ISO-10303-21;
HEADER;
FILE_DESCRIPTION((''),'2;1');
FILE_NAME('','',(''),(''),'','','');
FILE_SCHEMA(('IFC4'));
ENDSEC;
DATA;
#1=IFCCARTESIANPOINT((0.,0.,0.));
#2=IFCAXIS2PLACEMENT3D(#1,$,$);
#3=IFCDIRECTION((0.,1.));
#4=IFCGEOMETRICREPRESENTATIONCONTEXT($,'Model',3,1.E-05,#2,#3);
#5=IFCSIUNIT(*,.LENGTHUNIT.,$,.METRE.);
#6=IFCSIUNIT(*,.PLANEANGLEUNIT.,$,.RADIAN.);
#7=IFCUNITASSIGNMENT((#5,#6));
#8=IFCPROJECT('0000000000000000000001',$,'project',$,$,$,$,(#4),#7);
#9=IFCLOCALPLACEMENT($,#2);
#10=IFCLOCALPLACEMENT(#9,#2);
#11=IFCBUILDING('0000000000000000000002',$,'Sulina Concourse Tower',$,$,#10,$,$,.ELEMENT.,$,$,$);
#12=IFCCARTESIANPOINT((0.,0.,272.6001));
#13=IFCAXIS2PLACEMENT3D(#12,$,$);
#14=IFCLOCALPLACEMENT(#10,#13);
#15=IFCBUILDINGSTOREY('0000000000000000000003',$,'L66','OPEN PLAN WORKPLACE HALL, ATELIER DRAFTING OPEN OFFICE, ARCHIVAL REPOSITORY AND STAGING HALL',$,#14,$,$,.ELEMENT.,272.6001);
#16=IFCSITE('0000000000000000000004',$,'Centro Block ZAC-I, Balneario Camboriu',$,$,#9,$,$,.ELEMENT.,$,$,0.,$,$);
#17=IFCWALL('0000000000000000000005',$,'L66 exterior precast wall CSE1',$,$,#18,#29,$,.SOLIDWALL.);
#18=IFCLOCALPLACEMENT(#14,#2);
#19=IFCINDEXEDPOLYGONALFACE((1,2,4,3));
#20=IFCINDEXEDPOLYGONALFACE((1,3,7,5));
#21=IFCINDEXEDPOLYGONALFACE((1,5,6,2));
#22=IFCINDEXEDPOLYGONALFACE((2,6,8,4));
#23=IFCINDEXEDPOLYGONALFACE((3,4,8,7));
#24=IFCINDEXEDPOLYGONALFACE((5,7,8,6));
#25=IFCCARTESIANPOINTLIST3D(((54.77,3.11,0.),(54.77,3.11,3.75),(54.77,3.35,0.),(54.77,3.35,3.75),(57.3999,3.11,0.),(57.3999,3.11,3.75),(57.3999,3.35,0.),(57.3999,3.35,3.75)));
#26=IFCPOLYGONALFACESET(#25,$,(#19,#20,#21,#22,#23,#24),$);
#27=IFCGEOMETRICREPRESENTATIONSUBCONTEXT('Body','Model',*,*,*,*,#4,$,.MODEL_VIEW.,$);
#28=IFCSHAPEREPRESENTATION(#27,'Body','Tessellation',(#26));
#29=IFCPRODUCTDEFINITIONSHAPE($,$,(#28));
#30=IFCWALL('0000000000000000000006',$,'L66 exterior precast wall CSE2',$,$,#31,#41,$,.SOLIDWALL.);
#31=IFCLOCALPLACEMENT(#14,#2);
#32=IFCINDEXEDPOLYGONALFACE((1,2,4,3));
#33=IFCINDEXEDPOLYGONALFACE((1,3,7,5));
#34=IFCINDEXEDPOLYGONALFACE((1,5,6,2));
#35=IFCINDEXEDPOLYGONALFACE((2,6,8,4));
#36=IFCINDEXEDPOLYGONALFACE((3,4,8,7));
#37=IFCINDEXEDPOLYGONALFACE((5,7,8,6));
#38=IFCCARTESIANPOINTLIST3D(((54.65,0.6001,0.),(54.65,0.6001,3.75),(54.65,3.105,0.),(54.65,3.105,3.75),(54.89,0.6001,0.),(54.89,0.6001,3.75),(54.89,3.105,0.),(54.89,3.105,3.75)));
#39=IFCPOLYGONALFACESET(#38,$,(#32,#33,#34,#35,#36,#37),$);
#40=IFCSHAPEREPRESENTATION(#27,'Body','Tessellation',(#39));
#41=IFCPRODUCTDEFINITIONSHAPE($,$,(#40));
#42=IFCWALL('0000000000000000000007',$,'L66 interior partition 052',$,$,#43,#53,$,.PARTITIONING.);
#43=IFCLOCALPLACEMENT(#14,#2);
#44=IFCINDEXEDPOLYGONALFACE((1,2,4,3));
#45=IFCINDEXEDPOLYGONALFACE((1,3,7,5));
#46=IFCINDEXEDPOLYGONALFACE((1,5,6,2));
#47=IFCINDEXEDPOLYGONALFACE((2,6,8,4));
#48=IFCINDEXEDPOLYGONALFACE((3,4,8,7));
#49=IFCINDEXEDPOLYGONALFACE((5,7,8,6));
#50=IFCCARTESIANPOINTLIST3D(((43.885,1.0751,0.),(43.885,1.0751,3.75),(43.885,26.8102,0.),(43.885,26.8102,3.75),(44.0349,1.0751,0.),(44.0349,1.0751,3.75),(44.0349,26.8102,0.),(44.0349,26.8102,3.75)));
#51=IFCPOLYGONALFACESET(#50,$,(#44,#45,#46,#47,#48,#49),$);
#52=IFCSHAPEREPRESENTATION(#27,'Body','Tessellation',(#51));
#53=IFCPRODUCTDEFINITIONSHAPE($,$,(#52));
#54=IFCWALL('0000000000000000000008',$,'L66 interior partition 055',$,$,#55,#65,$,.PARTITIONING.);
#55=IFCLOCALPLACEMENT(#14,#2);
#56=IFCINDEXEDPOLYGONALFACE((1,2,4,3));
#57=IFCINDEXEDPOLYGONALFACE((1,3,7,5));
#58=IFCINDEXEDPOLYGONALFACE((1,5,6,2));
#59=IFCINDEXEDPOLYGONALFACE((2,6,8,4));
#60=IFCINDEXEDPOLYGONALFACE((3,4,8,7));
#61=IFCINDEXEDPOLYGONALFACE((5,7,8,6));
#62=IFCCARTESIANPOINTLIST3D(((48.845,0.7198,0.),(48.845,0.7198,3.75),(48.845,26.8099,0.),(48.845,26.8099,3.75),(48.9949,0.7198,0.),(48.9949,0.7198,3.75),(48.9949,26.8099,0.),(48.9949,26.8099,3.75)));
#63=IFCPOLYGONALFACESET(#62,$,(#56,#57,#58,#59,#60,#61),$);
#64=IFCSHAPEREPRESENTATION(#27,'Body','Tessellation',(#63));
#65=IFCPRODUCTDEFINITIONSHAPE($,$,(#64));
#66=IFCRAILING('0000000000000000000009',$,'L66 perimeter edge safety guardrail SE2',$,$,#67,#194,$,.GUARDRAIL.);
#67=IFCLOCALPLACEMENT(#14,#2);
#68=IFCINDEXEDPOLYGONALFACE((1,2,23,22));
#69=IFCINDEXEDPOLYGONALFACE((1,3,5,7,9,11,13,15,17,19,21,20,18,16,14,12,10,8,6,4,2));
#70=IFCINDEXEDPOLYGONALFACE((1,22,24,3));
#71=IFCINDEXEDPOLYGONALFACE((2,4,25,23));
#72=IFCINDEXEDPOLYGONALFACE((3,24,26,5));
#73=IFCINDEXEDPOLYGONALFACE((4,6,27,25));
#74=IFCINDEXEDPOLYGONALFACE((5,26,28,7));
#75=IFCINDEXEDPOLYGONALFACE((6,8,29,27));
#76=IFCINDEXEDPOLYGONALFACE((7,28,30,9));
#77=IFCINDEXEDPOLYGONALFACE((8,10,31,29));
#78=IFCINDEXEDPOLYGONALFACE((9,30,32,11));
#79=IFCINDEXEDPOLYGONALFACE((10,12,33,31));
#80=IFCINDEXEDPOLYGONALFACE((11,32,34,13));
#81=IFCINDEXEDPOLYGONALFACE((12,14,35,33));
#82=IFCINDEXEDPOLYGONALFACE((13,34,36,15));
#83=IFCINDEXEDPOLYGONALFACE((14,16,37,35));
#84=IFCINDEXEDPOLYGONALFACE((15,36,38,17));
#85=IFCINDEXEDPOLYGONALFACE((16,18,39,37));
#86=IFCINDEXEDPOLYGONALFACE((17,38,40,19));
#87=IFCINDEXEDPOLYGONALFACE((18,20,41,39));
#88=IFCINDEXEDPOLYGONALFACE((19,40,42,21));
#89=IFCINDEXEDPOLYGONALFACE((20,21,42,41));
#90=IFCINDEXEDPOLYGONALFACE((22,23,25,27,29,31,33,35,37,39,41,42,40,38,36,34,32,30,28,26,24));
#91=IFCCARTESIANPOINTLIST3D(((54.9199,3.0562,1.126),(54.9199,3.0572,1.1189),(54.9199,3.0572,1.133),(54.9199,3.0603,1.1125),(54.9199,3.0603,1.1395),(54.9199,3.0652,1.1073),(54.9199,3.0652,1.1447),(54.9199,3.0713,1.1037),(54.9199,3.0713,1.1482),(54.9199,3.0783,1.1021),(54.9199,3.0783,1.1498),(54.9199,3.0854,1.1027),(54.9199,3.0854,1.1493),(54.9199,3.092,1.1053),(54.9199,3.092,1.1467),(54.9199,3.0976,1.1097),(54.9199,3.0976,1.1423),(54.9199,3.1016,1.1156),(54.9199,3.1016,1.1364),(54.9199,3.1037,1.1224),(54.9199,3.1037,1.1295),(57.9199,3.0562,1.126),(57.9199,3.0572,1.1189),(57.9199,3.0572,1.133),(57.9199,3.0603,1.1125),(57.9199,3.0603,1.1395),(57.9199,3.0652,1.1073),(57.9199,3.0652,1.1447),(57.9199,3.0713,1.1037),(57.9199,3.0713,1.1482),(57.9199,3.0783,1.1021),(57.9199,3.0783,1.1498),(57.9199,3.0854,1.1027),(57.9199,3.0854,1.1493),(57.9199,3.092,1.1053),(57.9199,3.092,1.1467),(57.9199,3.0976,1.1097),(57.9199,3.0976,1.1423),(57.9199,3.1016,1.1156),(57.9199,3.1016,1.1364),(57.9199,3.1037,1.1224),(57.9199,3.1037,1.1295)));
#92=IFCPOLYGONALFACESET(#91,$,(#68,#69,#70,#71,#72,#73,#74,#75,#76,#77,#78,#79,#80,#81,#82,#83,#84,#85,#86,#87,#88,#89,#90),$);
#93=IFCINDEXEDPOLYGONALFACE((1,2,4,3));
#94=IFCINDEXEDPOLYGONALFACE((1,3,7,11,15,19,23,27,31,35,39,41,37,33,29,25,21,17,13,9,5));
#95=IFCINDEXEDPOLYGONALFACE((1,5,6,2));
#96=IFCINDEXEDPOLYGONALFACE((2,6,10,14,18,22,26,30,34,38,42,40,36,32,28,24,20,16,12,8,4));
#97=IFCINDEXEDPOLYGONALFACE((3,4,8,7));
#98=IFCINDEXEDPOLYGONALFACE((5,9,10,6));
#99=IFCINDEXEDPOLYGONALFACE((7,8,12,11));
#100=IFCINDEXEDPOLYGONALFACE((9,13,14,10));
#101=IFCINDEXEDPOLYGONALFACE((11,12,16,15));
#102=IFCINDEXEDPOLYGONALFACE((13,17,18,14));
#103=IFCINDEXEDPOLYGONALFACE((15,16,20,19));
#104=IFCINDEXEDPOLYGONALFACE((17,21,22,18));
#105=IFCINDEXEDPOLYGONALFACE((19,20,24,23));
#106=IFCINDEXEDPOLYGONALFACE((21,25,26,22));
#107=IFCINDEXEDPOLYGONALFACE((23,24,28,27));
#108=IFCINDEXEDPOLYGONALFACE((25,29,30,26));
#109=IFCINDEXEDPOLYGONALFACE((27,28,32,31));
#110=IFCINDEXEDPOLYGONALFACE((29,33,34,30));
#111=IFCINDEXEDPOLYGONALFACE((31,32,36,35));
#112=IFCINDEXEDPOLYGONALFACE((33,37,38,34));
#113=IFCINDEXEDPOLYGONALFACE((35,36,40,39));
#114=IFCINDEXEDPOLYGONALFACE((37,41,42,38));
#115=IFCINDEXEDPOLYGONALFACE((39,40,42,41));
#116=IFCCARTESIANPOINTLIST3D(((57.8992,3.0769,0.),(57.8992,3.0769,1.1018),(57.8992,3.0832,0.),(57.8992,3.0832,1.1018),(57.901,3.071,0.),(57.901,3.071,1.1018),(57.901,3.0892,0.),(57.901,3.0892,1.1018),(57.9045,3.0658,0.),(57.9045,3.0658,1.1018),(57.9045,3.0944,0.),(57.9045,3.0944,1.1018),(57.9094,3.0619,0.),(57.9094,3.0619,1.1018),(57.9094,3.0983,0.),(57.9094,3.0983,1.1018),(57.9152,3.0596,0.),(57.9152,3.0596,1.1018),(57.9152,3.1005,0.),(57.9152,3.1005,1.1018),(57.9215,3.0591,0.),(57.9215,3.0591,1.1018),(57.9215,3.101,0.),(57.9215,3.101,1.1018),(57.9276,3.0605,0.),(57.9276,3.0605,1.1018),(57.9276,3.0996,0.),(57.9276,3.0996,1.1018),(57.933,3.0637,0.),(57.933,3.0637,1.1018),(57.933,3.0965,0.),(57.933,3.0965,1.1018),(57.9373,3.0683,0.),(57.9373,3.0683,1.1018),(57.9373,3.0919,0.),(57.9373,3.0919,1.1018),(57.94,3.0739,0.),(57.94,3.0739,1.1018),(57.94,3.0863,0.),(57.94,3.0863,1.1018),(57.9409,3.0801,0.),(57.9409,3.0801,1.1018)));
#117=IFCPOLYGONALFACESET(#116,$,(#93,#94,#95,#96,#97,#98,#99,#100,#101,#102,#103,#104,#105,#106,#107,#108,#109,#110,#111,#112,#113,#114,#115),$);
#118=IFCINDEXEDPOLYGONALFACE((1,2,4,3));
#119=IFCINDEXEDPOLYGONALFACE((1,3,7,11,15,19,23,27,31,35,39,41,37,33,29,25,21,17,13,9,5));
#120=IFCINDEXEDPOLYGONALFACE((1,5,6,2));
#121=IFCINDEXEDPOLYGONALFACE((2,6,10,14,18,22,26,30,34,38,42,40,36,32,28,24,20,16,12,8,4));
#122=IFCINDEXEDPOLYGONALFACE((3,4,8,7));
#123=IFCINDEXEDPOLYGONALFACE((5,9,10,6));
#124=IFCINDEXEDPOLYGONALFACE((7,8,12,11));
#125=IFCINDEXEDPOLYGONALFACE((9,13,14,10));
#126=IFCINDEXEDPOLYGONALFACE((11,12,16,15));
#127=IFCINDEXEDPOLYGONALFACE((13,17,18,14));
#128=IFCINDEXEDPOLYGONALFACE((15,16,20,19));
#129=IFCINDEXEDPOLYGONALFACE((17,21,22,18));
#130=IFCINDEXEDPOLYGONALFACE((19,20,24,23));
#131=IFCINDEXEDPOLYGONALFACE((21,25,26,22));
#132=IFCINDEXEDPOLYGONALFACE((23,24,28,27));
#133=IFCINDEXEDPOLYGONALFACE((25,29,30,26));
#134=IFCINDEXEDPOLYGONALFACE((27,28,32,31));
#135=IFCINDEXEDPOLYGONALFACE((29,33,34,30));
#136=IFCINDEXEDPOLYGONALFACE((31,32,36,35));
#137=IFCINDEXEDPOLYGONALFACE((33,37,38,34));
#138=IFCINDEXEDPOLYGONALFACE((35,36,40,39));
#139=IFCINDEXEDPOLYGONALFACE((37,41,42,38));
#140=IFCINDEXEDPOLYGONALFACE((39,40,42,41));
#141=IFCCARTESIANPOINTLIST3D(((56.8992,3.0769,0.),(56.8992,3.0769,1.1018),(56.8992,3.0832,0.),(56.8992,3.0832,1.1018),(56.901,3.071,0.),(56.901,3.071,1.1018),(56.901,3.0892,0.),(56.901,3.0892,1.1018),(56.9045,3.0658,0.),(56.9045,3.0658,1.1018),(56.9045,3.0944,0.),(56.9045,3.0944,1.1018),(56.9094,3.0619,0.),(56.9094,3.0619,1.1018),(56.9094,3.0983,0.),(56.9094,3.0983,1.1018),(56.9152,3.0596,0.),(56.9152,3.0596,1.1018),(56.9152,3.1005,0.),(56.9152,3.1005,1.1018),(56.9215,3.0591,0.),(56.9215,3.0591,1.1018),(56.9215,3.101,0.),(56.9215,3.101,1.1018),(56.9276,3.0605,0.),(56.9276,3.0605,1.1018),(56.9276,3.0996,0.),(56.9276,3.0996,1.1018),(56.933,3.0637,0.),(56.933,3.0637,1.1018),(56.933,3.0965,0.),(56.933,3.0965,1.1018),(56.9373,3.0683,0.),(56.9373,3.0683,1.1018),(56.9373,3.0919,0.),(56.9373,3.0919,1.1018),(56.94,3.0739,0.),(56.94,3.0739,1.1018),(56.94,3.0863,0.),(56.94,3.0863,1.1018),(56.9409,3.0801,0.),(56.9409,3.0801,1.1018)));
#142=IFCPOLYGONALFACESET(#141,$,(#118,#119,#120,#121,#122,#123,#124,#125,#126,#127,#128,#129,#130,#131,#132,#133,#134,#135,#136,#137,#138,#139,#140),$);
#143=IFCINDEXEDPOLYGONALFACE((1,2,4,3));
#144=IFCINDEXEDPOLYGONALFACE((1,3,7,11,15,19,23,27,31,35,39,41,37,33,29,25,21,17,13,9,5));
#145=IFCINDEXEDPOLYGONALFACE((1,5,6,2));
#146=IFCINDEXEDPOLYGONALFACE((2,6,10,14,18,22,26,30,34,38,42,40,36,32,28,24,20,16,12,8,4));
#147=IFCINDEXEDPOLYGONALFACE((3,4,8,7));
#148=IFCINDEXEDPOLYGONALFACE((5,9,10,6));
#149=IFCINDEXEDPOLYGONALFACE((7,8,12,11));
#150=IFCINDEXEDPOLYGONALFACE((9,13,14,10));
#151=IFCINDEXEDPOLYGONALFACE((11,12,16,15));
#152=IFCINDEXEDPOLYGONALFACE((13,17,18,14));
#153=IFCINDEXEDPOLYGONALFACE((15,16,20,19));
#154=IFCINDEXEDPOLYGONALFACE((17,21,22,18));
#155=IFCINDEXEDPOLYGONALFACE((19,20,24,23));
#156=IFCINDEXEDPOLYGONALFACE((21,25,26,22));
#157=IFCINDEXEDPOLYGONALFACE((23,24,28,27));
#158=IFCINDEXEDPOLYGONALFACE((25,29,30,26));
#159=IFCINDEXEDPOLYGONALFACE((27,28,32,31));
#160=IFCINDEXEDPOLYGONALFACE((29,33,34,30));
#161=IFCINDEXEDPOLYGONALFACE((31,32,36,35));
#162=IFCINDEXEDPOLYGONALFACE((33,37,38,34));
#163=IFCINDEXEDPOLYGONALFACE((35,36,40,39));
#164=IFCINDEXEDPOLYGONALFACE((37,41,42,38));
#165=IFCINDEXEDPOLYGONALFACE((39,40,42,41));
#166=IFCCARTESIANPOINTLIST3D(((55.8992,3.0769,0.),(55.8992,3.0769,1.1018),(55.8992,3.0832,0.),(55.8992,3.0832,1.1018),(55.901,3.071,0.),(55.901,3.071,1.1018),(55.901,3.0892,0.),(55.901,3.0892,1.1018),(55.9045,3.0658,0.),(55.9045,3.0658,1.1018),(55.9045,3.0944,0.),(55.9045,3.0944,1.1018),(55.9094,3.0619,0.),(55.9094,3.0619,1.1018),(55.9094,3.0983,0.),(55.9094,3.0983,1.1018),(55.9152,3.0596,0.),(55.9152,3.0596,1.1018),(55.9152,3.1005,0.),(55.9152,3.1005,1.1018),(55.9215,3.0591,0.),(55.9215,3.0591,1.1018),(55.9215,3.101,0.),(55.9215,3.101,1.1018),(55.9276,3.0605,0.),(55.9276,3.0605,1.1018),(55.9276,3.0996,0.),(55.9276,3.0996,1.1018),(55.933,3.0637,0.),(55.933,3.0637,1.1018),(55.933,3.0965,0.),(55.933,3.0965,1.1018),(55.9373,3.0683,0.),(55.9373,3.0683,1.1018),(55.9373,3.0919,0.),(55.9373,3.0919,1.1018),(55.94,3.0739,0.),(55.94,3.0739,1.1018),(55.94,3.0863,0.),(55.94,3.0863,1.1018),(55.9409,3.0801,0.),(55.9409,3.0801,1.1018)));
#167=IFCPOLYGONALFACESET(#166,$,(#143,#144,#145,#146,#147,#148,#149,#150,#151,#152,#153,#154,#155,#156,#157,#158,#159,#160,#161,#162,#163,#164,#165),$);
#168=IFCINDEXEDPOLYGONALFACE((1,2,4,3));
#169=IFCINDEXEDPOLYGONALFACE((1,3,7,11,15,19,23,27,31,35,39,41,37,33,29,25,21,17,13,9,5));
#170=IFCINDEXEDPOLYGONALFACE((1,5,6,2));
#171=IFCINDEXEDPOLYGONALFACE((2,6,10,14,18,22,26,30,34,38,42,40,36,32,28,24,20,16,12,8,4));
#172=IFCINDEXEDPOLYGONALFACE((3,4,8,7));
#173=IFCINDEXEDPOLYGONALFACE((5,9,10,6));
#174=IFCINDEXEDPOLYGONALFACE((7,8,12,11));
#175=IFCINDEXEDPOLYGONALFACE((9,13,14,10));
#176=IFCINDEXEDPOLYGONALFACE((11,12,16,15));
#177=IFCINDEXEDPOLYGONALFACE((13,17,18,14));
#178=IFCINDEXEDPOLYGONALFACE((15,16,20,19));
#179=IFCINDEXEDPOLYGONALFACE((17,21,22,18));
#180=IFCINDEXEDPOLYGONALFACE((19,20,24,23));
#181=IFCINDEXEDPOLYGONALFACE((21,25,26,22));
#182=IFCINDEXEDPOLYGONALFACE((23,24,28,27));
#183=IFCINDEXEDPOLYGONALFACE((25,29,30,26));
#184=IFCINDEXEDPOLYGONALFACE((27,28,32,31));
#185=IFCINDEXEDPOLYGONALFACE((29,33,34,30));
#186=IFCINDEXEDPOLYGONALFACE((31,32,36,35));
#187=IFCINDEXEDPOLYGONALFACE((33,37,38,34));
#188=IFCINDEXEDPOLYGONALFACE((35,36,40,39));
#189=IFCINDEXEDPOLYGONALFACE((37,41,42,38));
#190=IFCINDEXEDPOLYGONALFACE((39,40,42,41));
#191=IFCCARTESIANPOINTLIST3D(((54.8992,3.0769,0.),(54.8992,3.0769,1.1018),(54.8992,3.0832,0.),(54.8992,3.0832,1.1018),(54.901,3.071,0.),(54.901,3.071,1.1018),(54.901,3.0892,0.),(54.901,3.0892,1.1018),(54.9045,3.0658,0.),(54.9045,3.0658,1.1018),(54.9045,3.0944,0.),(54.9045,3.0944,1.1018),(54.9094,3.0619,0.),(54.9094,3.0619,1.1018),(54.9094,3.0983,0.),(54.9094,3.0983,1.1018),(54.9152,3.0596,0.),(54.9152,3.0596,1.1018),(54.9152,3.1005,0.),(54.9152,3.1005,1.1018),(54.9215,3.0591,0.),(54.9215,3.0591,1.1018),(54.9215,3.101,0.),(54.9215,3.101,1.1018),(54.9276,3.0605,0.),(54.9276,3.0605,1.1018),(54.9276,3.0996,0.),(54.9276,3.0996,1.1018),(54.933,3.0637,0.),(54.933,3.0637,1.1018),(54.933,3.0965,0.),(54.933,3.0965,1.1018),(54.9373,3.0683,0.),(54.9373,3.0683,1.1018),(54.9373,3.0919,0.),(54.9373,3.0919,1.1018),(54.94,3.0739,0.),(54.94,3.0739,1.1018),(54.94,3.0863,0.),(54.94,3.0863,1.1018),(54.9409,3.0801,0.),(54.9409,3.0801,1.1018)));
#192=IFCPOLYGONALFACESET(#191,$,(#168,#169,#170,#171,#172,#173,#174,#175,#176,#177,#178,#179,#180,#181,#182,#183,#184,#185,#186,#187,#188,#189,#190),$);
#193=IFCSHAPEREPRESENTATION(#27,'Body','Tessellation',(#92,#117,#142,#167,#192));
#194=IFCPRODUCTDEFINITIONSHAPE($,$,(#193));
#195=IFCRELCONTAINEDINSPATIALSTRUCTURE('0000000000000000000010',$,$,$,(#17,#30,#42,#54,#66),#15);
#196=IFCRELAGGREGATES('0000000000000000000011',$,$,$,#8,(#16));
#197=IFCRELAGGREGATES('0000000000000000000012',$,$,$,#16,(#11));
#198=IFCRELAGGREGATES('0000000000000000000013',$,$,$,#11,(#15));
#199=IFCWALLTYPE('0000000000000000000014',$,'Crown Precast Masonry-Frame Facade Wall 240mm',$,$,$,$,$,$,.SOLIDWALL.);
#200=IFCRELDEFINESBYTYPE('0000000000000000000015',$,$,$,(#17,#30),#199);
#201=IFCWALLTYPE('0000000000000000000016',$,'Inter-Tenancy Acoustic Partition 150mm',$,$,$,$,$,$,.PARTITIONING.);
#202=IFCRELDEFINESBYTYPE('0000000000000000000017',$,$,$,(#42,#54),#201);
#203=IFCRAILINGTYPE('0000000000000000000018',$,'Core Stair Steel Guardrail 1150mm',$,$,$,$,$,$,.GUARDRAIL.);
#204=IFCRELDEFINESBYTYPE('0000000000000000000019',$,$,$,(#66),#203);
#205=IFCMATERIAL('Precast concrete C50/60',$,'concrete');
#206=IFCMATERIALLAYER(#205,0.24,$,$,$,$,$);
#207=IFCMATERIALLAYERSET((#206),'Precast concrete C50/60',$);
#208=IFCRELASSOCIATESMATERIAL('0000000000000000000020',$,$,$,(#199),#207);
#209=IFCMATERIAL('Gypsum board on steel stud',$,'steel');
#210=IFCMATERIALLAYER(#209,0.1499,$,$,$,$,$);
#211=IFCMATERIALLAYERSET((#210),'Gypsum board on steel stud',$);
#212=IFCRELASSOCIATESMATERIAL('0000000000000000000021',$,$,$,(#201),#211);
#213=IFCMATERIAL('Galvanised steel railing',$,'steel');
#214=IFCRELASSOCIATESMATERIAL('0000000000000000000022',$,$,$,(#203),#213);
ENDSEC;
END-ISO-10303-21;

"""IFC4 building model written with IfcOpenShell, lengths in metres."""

from ifc_helpers import new_model, si_unit, direction, frame, frame_2d, origin, origin_2d, place, context, subcontext, project, spatial, rectangle, circle, extrude, material, layer, layer_set, type_object, element, save


model = new_model("IFC4")

# Units and contexts
model_context = context("Model", 3, precision=1e-05, world=origin(), true_north=direction((0.0, 1.0)))
body_context = subcontext(model_context, "Body", "Model", "MODEL_VIEW")
ifc_project = project(units=[si_unit("LENGTHUNIT", "METRE"), si_unit("PLANEANGLEUNIT", "RADIAN")], contexts=[model_context])

# Site, building, storey
site_placement = place(None, origin())
site = spatial("IfcSite", under=ifc_project, at=site_placement, Name="Centro Block ZAC-I, Balneario Camboriu", CompositionType="ELEMENT", RefElevation=0.0)
building_placement = place(site_placement, origin())
building = spatial("IfcBuilding", under=site, at=building_placement, Name="Sulina Concourse Tower", CompositionType="ELEMENT")
storey_placement = place(building_placement, frame((0.0, 0.0, 272.6001)))
storey = spatial("IfcBuildingStorey", under=building, at=storey_placement, Name="L66", Description="OPEN PLAN WORKPLACE HALL, ATELIER DRAFTING OPEN OFFICE, ARCHIVAL REPOSITORY AND STAGING HALL", CompositionType="ELEMENT", Elevation=272.6001)

# Shared definitions
ifc_material_1 = material(Name="Precast concrete C50/60", Category="concrete")
ifc_layer_1 = layer(ifc_material_1, 0.24)
ifc_layer_set_1 = layer_set([ifc_layer_1], Name="Precast concrete C50/60")
wall_type_1 = type_object("IfcWallType", Name="Crown Precast Masonry-Frame Facade Wall 240mm", PredefinedType="SOLIDWALL", material=ifc_layer_set_1)

# Walls
wall_1_placement = place(storey_placement, frame((57.3999, 3.23, 0.0), z_axis=(0.0, 0.0, 1.0), x_axis=(-1.0, 0.0, 0.0)))
element("IfcWall", 1, at=wall_1_placement, inside=storey, type_object=wall_type_1, Name="L66 exterior precast wall CSE1", PredefinedType="SOLIDWALL", context=body_context, shape_type="SweptSolid", body=[
    extrude(rectangle(XDim=2.6299, YDim=0.24, at=frame_2d((1.3149, 0.0))), origin(), (0.0, 0.0, 1.0), 3.75),
])
wall_2_placement = place(storey_placement, frame((54.77, 3.105, 0.0), z_axis=(0.0, 0.0, 1.0), x_axis=(0.0, -1.0, 0.0)))
element("IfcWall", 2, at=wall_2_placement, inside=storey, type_object=wall_type_1, Name="L66 exterior precast wall CSE2", PredefinedType="SOLIDWALL", context=body_context, shape_type="SweptSolid", body=[
    extrude(rectangle(XDim=2.5049, YDim=0.24, at=frame_2d((1.2524, 0.0))), origin(), (0.0, 0.0, 1.0), 3.75),
])
ifc_material_2 = material(Name="Gypsum board on steel stud", Category="steel")
ifc_layer_2 = layer(ifc_material_2, 0.1499)
ifc_layer_set_2 = layer_set([ifc_layer_2], Name="Gypsum board on steel stud")
wall_type_2 = type_object("IfcWallType", Name="Inter-Tenancy Acoustic Partition 150mm", PredefinedType="PARTITIONING", material=ifc_layer_set_2)
wall_3_placement = place(storey_placement, frame((43.96, 1.075, 0.0), z_axis=(0.0, 0.0, 1.0), x_axis=(0.0, 1.0, 0.0)))
element("IfcWall", 3, at=wall_3_placement, inside=storey, type_object=wall_type_2, Name="L66 interior partition 052", PredefinedType="PARTITIONING", context=body_context, shape_type="SweptSolid", body=[
    extrude(rectangle(XDim=25.7351, YDim=0.1499, at=frame_2d((12.8677, 0.0))), origin(), (0.0, 0.0, 1.0), 3.75),
])
wall_4_placement = place(storey_placement, frame((48.9199, 0.72, 0.0), z_axis=(0.0, 0.0, 1.0), x_axis=(0.0, 1.0, 0.0)))
element("IfcWall", 4, at=wall_4_placement, inside=storey, type_object=wall_type_2, Name="L66 interior partition 055", PredefinedType="PARTITIONING", context=body_context, shape_type="SweptSolid", body=[
    extrude(rectangle(XDim=26.0901, YDim=0.1499, at=frame_2d((13.0449, 0.0))), origin(), (0.0, 0.0, 1.0), 3.75),
])

# Railing
ifc_material_3 = material(Name="Galvanised steel railing", Category="steel")
railing_type = type_object("IfcRailingType", Name="Core Stair Steel Guardrail 1150mm", PredefinedType="GUARDRAIL", material=ifc_material_3)
railing_1_placement = place(storey_placement, frame((57.9199, 3.0801, 0.0)))
element("IfcRailing", 5, at=railing_1_placement, inside=storey, type_object=railing_type, Name="L66 perimeter edge safety guardrail SE2", PredefinedType="GUARDRAIL", context=body_context, shape_type="SweptSolid", body=[
    extrude(circle(Radius=0.0239, at=origin_2d()), frame((0.0, 0.0, 1.126), z_axis=(-1.0, 0.0, 0.0), x_axis=(0.0, -1.0, 0.0)), (0.0, 0.0, 1.0), 3.0),
    extrude(circle(Radius=0.021, at=origin_2d()), origin(), (0.0, 0.0, 1.0), 1.1018),
    extrude(circle(Radius=0.021, at=origin_2d()), frame((-1.0, 0.0, 0.0)), (0.0, 0.0, 1.0), 1.1018),
    extrude(circle(Radius=0.021, at=origin_2d()), frame((-2.0, 0.0, 0.0)), (0.0, 0.0, 1.0), 1.1018),
    extrude(circle(Radius=0.021, at=origin_2d()), frame((-3.0, 0.0, 0.0)), (0.0, 0.0, 1.0), 1.1018),
])

save(model, "model.ifc")
